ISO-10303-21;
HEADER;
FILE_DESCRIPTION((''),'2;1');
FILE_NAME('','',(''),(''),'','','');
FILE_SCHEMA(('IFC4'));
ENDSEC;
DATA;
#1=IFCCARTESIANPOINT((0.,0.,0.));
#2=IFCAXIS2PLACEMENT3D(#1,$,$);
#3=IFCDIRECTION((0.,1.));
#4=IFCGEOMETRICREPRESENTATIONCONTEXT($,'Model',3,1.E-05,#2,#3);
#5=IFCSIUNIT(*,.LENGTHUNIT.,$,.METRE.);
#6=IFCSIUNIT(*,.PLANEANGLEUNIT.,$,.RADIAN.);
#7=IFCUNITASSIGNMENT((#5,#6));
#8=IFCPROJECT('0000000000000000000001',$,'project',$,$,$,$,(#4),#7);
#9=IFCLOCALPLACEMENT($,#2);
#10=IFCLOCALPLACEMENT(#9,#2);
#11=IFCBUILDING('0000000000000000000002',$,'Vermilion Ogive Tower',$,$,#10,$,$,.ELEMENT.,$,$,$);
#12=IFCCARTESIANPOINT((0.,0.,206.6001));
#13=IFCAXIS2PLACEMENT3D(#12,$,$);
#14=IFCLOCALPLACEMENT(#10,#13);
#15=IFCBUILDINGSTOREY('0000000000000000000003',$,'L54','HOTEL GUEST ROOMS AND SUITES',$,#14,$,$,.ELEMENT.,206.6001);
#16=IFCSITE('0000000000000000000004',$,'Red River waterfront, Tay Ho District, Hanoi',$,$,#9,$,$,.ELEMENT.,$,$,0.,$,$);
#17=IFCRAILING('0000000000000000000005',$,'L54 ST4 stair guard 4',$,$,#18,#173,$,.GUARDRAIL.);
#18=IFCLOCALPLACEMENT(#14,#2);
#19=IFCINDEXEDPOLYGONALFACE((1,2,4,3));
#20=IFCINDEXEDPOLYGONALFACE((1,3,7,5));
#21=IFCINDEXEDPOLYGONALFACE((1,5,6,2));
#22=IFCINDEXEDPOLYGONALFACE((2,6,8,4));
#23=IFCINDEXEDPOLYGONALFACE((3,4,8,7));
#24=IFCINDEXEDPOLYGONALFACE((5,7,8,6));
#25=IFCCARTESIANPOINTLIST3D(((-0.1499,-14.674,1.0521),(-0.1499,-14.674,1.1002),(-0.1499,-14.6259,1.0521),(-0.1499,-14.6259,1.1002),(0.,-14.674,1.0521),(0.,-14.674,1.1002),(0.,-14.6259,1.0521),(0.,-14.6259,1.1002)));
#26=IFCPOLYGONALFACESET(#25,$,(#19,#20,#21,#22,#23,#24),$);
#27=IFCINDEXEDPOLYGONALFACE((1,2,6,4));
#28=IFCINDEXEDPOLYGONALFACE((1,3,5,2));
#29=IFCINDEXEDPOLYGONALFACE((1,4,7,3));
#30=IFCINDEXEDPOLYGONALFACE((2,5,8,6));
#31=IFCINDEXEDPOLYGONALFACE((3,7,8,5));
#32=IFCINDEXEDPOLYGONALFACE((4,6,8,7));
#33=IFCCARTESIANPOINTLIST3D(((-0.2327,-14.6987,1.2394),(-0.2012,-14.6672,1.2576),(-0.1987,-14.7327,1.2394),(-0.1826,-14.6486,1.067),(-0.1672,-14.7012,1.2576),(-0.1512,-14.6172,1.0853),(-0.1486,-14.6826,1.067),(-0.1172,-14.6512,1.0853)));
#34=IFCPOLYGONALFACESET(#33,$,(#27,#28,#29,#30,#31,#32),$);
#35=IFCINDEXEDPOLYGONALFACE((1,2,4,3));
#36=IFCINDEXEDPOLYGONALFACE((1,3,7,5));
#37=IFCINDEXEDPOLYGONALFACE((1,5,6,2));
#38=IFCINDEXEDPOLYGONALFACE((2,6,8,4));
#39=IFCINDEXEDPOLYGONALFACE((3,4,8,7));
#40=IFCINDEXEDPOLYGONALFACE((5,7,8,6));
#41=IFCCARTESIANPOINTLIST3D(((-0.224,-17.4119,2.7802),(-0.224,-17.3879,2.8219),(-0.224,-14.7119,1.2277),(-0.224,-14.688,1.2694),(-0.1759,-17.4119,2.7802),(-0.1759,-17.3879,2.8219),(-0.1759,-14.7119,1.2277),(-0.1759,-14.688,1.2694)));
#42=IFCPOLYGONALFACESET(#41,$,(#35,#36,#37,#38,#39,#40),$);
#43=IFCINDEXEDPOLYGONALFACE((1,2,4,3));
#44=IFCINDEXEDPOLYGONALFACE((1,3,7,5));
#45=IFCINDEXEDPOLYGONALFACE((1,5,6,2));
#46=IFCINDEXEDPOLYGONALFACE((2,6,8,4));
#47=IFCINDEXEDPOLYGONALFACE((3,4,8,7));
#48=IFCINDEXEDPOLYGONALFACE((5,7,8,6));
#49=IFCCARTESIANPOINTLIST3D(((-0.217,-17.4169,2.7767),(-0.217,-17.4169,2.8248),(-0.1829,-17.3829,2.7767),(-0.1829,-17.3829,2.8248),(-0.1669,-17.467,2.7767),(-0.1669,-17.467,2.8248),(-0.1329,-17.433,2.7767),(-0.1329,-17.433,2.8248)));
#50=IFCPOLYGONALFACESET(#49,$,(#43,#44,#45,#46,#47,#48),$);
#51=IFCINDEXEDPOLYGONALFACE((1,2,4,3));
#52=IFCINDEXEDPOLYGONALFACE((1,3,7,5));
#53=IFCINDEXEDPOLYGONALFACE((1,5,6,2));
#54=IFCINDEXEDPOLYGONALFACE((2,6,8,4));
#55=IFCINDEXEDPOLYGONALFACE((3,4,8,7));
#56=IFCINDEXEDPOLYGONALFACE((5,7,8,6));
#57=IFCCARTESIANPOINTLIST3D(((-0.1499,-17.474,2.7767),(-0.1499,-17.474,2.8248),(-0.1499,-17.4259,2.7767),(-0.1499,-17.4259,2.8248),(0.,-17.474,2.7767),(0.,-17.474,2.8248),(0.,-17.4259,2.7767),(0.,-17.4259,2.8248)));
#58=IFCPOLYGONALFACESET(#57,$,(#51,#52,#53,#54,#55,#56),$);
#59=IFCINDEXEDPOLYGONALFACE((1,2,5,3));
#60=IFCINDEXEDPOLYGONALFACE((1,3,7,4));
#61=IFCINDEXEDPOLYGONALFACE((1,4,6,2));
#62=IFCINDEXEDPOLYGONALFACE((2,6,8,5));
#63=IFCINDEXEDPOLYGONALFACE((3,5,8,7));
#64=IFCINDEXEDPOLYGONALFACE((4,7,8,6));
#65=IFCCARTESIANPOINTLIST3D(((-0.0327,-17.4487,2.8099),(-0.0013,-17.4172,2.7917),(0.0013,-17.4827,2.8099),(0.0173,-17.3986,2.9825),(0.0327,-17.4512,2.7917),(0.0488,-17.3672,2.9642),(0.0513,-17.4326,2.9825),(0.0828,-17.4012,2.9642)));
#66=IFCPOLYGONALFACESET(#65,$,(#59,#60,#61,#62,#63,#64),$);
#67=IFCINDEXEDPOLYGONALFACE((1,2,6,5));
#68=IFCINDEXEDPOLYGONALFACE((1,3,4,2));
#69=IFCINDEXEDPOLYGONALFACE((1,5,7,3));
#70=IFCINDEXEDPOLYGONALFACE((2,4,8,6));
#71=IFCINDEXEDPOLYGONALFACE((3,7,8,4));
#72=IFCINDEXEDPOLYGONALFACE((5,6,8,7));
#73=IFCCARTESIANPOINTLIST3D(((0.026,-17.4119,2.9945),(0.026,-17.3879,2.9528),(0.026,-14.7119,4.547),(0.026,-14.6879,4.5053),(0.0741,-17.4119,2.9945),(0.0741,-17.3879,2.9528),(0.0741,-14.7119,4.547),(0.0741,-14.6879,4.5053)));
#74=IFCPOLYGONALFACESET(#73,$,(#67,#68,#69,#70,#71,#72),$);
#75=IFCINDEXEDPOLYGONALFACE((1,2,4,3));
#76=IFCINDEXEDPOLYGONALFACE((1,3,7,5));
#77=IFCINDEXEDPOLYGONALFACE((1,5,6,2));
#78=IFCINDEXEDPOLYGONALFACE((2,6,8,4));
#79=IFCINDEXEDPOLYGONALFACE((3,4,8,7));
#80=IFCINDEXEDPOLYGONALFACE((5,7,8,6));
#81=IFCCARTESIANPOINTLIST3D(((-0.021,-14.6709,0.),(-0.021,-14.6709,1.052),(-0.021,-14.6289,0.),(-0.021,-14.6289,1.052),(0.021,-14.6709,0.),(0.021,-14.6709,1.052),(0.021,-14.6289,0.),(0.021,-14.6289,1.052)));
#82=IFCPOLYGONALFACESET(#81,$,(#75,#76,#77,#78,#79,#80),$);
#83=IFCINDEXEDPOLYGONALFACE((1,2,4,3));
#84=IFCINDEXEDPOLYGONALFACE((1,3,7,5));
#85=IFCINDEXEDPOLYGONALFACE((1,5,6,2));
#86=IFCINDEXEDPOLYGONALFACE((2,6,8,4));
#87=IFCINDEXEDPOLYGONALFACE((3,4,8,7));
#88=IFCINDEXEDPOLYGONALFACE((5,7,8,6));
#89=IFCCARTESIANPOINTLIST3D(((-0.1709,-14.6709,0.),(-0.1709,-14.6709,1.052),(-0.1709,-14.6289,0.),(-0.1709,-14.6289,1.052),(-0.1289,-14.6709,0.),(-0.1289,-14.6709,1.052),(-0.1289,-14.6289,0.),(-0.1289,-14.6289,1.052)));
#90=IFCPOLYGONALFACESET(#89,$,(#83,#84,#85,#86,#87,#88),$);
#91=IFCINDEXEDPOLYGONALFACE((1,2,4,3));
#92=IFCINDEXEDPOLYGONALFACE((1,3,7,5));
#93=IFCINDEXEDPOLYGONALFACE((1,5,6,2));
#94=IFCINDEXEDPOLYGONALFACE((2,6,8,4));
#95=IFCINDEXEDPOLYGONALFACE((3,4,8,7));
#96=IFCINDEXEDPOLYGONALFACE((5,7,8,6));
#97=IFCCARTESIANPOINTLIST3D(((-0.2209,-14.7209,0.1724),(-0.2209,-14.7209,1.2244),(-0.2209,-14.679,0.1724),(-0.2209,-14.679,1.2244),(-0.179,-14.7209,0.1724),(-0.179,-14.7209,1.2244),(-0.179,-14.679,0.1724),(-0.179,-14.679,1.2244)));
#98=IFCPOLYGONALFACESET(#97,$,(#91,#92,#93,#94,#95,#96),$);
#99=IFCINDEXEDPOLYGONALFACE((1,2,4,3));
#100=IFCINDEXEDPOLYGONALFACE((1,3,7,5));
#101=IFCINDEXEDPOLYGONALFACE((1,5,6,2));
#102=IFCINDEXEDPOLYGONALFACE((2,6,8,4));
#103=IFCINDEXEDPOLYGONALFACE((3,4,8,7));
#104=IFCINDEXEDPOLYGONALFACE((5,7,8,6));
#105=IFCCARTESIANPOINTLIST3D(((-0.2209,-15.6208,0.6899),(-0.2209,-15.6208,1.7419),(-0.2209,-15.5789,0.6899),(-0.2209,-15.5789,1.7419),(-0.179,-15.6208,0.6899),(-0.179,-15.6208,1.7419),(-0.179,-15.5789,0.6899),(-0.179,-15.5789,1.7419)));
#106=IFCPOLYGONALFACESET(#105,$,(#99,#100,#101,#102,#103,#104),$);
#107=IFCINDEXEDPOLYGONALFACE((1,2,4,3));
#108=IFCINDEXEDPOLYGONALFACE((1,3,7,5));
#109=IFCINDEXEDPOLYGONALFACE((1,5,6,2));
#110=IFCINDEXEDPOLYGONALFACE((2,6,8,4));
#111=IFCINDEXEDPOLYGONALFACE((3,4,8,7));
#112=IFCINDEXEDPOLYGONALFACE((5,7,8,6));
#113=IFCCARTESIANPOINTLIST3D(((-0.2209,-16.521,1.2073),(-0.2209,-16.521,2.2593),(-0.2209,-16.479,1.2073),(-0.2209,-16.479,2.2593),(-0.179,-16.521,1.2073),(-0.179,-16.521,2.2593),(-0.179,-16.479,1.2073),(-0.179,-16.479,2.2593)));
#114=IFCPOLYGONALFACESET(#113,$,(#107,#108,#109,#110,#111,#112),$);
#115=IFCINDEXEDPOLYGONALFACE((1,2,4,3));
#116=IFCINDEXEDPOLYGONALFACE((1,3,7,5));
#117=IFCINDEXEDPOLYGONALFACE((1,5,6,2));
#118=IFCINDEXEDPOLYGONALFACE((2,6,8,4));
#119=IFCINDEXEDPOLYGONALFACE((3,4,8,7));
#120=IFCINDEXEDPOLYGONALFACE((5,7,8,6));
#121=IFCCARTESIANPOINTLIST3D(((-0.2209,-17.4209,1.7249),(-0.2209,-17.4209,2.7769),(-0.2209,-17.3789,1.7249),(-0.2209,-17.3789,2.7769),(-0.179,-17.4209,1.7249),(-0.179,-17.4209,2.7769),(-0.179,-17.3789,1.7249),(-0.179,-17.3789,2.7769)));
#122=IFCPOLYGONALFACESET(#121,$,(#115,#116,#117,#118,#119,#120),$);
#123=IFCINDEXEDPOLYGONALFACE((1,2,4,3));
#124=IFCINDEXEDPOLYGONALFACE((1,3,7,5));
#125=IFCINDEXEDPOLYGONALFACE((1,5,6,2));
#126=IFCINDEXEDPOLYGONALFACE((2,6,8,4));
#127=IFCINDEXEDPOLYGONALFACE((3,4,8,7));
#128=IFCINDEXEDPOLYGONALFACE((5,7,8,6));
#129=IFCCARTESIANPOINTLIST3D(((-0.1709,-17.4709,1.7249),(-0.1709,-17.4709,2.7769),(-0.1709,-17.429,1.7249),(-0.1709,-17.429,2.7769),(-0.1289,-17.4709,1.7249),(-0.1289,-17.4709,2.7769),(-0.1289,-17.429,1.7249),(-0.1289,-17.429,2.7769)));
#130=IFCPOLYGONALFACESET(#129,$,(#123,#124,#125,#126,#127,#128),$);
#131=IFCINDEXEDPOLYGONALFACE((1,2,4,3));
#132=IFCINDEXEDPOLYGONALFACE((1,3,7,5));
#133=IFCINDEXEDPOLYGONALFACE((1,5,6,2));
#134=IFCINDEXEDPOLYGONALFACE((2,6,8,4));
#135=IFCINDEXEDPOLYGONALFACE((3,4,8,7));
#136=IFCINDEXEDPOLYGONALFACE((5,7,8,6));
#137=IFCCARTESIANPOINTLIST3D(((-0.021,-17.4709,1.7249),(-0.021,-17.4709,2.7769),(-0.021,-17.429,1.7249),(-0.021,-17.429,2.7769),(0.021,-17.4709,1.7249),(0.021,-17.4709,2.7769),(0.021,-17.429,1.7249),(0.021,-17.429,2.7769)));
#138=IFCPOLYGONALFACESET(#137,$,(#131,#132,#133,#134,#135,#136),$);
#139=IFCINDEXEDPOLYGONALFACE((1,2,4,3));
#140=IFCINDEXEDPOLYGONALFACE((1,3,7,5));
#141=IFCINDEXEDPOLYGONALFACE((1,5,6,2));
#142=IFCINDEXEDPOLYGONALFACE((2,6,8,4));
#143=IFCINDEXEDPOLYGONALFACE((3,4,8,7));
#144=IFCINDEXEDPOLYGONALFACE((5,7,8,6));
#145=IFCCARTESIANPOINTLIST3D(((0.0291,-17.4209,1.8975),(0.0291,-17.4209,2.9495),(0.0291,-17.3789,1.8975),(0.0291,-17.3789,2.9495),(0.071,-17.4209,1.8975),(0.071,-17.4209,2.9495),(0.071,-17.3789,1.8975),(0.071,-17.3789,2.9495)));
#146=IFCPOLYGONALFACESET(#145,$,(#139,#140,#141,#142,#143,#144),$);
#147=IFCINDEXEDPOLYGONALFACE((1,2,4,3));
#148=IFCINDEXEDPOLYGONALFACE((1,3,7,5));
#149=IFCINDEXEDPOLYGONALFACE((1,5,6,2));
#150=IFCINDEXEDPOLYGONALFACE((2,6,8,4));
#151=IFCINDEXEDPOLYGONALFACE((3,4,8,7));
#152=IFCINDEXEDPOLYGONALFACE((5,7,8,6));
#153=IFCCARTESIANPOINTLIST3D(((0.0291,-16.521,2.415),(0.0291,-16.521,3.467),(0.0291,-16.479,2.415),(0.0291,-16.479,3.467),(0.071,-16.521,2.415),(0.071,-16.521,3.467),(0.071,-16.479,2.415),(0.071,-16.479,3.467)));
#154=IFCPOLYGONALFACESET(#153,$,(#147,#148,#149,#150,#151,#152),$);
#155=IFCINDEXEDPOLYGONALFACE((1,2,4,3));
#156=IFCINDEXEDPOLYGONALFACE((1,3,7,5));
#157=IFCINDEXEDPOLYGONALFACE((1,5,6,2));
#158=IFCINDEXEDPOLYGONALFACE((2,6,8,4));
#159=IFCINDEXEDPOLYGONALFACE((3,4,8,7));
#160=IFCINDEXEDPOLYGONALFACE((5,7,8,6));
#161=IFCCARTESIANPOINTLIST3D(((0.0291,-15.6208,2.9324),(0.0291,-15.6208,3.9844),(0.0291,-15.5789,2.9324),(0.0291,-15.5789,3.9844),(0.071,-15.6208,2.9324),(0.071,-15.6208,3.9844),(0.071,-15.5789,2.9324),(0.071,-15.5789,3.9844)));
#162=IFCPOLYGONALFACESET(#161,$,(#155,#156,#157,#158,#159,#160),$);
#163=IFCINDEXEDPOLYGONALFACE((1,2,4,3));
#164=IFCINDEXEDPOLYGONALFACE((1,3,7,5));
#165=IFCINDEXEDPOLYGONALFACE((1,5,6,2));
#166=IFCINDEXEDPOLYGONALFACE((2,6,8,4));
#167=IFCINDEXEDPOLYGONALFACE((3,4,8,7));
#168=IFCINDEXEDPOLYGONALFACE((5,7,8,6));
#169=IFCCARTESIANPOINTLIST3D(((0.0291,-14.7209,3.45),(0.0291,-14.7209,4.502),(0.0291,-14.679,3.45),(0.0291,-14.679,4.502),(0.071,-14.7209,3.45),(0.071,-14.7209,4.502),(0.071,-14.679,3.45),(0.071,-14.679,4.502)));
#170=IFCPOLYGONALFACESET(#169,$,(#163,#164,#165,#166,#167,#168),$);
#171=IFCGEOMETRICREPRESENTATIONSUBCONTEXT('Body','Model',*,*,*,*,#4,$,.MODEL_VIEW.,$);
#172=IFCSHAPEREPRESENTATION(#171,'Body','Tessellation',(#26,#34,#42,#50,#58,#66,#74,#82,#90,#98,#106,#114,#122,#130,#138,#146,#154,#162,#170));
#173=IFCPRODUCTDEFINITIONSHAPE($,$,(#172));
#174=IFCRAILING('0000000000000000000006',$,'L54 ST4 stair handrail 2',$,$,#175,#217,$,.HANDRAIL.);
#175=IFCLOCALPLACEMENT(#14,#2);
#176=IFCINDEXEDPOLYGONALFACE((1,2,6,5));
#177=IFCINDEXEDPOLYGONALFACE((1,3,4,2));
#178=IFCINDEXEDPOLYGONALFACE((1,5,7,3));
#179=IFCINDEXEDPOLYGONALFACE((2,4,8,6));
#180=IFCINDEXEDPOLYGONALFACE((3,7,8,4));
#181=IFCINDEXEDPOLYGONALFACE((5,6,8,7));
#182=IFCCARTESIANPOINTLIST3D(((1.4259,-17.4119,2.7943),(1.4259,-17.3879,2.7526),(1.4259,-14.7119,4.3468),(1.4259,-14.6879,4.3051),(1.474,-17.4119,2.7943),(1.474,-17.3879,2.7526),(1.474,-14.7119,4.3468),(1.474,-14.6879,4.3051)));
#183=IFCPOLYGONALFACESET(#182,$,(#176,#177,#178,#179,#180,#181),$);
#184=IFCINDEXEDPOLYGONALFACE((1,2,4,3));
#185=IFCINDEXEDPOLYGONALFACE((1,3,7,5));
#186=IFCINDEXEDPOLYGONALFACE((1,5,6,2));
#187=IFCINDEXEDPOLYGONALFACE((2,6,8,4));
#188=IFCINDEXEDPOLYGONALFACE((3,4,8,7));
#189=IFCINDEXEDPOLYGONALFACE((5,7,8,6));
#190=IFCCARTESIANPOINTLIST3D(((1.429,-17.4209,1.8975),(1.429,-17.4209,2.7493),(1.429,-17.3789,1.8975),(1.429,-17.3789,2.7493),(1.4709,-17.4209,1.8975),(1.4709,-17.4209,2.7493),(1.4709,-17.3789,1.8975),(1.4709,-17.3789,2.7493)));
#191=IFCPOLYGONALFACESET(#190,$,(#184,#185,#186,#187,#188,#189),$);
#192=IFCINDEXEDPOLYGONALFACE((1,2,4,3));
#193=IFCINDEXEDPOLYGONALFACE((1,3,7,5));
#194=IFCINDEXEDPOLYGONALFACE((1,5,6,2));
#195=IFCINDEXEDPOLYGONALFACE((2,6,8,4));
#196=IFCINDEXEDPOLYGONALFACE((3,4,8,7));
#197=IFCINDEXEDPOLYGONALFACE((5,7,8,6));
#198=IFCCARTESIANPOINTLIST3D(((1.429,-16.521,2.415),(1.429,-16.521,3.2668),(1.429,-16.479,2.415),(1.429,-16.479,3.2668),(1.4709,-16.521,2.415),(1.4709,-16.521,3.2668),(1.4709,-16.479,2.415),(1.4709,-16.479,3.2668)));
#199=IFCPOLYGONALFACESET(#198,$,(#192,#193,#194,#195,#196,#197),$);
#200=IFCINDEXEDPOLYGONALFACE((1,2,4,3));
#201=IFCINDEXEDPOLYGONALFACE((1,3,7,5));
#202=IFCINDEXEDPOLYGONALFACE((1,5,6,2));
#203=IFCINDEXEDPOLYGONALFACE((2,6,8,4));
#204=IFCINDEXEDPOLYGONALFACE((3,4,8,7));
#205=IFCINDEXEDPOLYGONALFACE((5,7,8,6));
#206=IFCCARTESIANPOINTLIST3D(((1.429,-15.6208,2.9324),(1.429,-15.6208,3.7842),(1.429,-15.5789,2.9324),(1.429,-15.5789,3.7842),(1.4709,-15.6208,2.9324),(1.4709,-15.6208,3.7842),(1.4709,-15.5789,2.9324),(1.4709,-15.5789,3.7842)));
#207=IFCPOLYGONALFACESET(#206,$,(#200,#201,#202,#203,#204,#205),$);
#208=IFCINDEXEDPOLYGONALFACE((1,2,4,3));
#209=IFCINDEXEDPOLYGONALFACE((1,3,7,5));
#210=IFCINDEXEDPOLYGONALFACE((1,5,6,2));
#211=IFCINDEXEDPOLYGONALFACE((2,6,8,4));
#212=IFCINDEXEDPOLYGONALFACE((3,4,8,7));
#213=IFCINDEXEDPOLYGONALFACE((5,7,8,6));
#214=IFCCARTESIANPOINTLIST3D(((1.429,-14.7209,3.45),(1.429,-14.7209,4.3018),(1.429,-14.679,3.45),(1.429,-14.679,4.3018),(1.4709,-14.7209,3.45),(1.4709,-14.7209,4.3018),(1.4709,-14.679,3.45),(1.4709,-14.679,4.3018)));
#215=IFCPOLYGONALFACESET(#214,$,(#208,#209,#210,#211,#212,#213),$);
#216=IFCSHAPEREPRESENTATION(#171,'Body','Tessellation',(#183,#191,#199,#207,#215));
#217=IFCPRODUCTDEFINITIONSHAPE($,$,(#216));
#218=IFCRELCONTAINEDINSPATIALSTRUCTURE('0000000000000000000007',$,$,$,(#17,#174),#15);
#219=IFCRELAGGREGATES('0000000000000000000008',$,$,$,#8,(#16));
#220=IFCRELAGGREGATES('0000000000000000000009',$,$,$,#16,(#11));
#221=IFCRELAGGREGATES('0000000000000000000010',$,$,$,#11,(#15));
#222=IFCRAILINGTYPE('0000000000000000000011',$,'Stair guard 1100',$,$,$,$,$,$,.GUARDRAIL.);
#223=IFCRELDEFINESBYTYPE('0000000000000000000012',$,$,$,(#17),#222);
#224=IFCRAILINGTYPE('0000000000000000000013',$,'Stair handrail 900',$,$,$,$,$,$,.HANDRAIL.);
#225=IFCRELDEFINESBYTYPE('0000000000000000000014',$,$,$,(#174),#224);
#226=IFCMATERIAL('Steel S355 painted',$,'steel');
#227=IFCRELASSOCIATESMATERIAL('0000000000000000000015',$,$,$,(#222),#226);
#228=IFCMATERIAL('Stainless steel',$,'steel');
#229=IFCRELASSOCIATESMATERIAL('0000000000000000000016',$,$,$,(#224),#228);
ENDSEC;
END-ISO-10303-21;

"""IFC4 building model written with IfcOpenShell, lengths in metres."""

from ifc_helpers import new_model, si_unit, direction, frame, origin, origin_2d, place, context, subcontext, project, spatial, rectangle, extrude, material, type_object, element, save


model = new_model("IFC4")

# Units and contexts
model_context = context("Model", 3, precision=1e-05, world=origin(), true_north=direction((0.0, 1.0)))
body_context = subcontext(model_context, "Body", "Model", "MODEL_VIEW")
ifc_project = project(units=[si_unit("LENGTHUNIT", "METRE"), si_unit("PLANEANGLEUNIT", "RADIAN")], contexts=[model_context])

# Site, building, storey
site_placement = place(None, origin())
site = spatial("IfcSite", under=ifc_project, at=site_placement, Name="Red River waterfront, Tay Ho District, Hanoi", CompositionType="ELEMENT", RefElevation=0.0)
building_placement = place(site_placement, origin())
building = spatial("IfcBuilding", under=site, at=building_placement, Name="Vermilion Ogive Tower", CompositionType="ELEMENT")
storey_placement = place(building_placement, frame((0.0, 0.0, 206.6001)))
storey = spatial("IfcBuildingStorey", under=building, at=storey_placement, Name="L54", Description="HOTEL GUEST ROOMS AND SUITES", CompositionType="ELEMENT", Elevation=206.6001)

# Railings
ifc_material_1 = material(Name="Steel S355 painted", Category="steel")
railing_type_1 = type_object("IfcRailingType", Name="Stair guard 1100", PredefinedType="GUARDRAIL", material=ifc_material_1)
railing_1_placement = place(storey_placement, frame((0.0, -14.6499, 0.0)))
element("IfcRailing", 1, at=railing_1_placement, inside=storey, type_object=railing_type_1, Name="L54 ST4 stair guard 4", PredefinedType="GUARDRAIL", context=body_context, shape_type="SweptSolid", body=[
    extrude(rectangle(XDim=0.0481, YDim=0.0481, at=origin_2d()), frame((0.0, 0.0, 1.0762), z_axis=(-1.0, 0.0, 0.0), x_axis=(0.0, -1.0, 0.0)), (0.0, 0.0, 1.0), 0.1499),
    extrude(rectangle(XDim=0.0481, YDim=0.0481, at=origin_2d()), frame((-0.1499, 0.0, 1.0762), z_axis=(-0.268603, -0.268603, 0.925043), x_axis=(0.707107, -0.707107, 0.0)), (0.0, 0.0, 1.0), 0.1863),
    extrude(rectangle(XDim=0.0481, YDim=0.0481, at=origin_2d()), frame((-0.2, -0.05, 1.2485), z_axis=(0.0, -0.866904, 0.498476), x_axis=(1.0, 0.0, 0.0)), (0.0, 0.0, 1.0), 3.1145),
    extrude(rectangle(XDim=0.0481, YDim=0.0481, at=origin_2d()), frame((-0.2, -2.75, 2.8008), z_axis=(0.707107, -0.707107, 0.0), x_axis=(0.707107, 0.707107, 0.0)), (0.0, 0.0, 1.0), 0.0708),
    extrude(rectangle(XDim=0.0481, YDim=0.0481, at=origin_2d()), frame((-0.1499, -2.8, 2.8008), z_axis=(1.0, 0.0, 0.0), x_axis=(0.0, 1.0, 0.0)), (0.0, 0.0, 1.0), 0.1499),
    extrude(rectangle(XDim=0.0481, YDim=0.0481, at=origin_2d()), frame((0.0, -2.8, 2.8008), z_axis=(0.268278, 0.268278, 0.925232), x_axis=(-0.707107, 0.707107, 0.0)), (0.0, 0.0, 1.0), 0.1865),
    extrude(rectangle(XDim=0.0481, YDim=0.0481, at=origin_2d()), frame((0.05, -2.75, 2.9736), z_axis=(0.0, 0.866904, 0.498476), x_axis=(-1.0, 0.0, 0.0)), (0.0, 0.0, 1.0), 3.1145),
    extrude(rectangle(XDim=0.042, YDim=0.042, at=origin_2d()), origin(), (0.0, 0.0, 1.0), 1.052),
    extrude(rectangle(XDim=0.042, YDim=0.042, at=origin_2d()), frame((-0.1499, 0.0, 0.0)), (0.0, 0.0, 1.0), 1.052),
    extrude(rectangle(XDim=0.042, YDim=0.042, at=origin_2d()), frame((-0.2, -0.05, 0.1724)), (0.0, 0.0, 1.0), 1.052),
    extrude(rectangle(XDim=0.042, YDim=0.042, at=origin_2d()), frame((-0.2, -0.95, 0.6899)), (0.0, 0.0, 1.0), 1.052),
    extrude(rectangle(XDim=0.042, YDim=0.042, at=origin_2d()), frame((-0.2, -1.8501, 1.2073)), (0.0, 0.0, 1.0), 1.052),
    extrude(rectangle(XDim=0.042, YDim=0.042, at=origin_2d()), frame((-0.2, -2.75, 1.7249)), (0.0, 0.0, 1.0), 1.052),
    extrude(rectangle(XDim=0.042, YDim=0.042, at=origin_2d()), frame((-0.1499, -2.8, 1.7249)), (0.0, 0.0, 1.0), 1.052),
    extrude(rectangle(XDim=0.042, YDim=0.042, at=origin_2d()), frame((0.0, -2.8, 1.7249)), (0.0, 0.0, 1.0), 1.052),
    extrude(rectangle(XDim=0.042, YDim=0.042, at=origin_2d()), frame((0.05, -2.75, 1.8975)), (0.0, 0.0, 1.0), 1.052),
    extrude(rectangle(XDim=0.042, YDim=0.042, at=origin_2d()), frame((0.05, -1.8501, 2.415)), (0.0, 0.0, 1.0), 1.052),
    extrude(rectangle(XDim=0.042, YDim=0.042, at=origin_2d()), frame((0.05, -0.95, 2.9324)), (0.0, 0.0, 1.0), 1.052),
    extrude(rectangle(XDim=0.042, YDim=0.042, at=origin_2d()), frame((0.05, -0.05, 3.45)), (0.0, 0.0, 1.0), 1.052),
])
ifc_material_2 = material(Name="Stainless steel", Category="steel")
railing_type_2 = type_object("IfcRailingType", Name="Stair handrail 900", PredefinedType="HANDRAIL", material=ifc_material_2)
railing_2_placement = place(storey_placement, frame((1.45, -17.3999, 1.8975)))
element("IfcRailing", 2, at=railing_2_placement, inside=storey, type_object=railing_type_2, Name="L54 ST4 stair handrail 2", PredefinedType="HANDRAIL", context=body_context, shape_type="SweptSolid", body=[
    extrude(rectangle(XDim=0.0481, YDim=0.0481, at=origin_2d()), frame((0.0, 0.0, 0.876), z_axis=(0.0, 0.866904, 0.498476), x_axis=(-1.0, 0.0, 0.0)), (0.0, 0.0, 1.0), 3.1145),
    extrude(rectangle(XDim=0.042, YDim=0.042, at=origin_2d()), origin(), (0.0, 0.0, 1.0), 0.8518),
    extrude(rectangle(XDim=0.042, YDim=0.042, at=origin_2d()), frame((0.0, 0.8999, 0.5176)), (0.0, 0.0, 1.0), 0.8518),
    extrude(rectangle(XDim=0.042, YDim=0.042, at=origin_2d()), frame((0.0, 1.8, 1.0349)), (0.0, 0.0, 1.0), 0.8518),
    extrude(rectangle(XDim=0.042, YDim=0.042, at=origin_2d()), frame((0.0, 2.7, 1.5525)), (0.0, 0.0, 1.0), 0.8518),
])

save(model, "model.ifc")
